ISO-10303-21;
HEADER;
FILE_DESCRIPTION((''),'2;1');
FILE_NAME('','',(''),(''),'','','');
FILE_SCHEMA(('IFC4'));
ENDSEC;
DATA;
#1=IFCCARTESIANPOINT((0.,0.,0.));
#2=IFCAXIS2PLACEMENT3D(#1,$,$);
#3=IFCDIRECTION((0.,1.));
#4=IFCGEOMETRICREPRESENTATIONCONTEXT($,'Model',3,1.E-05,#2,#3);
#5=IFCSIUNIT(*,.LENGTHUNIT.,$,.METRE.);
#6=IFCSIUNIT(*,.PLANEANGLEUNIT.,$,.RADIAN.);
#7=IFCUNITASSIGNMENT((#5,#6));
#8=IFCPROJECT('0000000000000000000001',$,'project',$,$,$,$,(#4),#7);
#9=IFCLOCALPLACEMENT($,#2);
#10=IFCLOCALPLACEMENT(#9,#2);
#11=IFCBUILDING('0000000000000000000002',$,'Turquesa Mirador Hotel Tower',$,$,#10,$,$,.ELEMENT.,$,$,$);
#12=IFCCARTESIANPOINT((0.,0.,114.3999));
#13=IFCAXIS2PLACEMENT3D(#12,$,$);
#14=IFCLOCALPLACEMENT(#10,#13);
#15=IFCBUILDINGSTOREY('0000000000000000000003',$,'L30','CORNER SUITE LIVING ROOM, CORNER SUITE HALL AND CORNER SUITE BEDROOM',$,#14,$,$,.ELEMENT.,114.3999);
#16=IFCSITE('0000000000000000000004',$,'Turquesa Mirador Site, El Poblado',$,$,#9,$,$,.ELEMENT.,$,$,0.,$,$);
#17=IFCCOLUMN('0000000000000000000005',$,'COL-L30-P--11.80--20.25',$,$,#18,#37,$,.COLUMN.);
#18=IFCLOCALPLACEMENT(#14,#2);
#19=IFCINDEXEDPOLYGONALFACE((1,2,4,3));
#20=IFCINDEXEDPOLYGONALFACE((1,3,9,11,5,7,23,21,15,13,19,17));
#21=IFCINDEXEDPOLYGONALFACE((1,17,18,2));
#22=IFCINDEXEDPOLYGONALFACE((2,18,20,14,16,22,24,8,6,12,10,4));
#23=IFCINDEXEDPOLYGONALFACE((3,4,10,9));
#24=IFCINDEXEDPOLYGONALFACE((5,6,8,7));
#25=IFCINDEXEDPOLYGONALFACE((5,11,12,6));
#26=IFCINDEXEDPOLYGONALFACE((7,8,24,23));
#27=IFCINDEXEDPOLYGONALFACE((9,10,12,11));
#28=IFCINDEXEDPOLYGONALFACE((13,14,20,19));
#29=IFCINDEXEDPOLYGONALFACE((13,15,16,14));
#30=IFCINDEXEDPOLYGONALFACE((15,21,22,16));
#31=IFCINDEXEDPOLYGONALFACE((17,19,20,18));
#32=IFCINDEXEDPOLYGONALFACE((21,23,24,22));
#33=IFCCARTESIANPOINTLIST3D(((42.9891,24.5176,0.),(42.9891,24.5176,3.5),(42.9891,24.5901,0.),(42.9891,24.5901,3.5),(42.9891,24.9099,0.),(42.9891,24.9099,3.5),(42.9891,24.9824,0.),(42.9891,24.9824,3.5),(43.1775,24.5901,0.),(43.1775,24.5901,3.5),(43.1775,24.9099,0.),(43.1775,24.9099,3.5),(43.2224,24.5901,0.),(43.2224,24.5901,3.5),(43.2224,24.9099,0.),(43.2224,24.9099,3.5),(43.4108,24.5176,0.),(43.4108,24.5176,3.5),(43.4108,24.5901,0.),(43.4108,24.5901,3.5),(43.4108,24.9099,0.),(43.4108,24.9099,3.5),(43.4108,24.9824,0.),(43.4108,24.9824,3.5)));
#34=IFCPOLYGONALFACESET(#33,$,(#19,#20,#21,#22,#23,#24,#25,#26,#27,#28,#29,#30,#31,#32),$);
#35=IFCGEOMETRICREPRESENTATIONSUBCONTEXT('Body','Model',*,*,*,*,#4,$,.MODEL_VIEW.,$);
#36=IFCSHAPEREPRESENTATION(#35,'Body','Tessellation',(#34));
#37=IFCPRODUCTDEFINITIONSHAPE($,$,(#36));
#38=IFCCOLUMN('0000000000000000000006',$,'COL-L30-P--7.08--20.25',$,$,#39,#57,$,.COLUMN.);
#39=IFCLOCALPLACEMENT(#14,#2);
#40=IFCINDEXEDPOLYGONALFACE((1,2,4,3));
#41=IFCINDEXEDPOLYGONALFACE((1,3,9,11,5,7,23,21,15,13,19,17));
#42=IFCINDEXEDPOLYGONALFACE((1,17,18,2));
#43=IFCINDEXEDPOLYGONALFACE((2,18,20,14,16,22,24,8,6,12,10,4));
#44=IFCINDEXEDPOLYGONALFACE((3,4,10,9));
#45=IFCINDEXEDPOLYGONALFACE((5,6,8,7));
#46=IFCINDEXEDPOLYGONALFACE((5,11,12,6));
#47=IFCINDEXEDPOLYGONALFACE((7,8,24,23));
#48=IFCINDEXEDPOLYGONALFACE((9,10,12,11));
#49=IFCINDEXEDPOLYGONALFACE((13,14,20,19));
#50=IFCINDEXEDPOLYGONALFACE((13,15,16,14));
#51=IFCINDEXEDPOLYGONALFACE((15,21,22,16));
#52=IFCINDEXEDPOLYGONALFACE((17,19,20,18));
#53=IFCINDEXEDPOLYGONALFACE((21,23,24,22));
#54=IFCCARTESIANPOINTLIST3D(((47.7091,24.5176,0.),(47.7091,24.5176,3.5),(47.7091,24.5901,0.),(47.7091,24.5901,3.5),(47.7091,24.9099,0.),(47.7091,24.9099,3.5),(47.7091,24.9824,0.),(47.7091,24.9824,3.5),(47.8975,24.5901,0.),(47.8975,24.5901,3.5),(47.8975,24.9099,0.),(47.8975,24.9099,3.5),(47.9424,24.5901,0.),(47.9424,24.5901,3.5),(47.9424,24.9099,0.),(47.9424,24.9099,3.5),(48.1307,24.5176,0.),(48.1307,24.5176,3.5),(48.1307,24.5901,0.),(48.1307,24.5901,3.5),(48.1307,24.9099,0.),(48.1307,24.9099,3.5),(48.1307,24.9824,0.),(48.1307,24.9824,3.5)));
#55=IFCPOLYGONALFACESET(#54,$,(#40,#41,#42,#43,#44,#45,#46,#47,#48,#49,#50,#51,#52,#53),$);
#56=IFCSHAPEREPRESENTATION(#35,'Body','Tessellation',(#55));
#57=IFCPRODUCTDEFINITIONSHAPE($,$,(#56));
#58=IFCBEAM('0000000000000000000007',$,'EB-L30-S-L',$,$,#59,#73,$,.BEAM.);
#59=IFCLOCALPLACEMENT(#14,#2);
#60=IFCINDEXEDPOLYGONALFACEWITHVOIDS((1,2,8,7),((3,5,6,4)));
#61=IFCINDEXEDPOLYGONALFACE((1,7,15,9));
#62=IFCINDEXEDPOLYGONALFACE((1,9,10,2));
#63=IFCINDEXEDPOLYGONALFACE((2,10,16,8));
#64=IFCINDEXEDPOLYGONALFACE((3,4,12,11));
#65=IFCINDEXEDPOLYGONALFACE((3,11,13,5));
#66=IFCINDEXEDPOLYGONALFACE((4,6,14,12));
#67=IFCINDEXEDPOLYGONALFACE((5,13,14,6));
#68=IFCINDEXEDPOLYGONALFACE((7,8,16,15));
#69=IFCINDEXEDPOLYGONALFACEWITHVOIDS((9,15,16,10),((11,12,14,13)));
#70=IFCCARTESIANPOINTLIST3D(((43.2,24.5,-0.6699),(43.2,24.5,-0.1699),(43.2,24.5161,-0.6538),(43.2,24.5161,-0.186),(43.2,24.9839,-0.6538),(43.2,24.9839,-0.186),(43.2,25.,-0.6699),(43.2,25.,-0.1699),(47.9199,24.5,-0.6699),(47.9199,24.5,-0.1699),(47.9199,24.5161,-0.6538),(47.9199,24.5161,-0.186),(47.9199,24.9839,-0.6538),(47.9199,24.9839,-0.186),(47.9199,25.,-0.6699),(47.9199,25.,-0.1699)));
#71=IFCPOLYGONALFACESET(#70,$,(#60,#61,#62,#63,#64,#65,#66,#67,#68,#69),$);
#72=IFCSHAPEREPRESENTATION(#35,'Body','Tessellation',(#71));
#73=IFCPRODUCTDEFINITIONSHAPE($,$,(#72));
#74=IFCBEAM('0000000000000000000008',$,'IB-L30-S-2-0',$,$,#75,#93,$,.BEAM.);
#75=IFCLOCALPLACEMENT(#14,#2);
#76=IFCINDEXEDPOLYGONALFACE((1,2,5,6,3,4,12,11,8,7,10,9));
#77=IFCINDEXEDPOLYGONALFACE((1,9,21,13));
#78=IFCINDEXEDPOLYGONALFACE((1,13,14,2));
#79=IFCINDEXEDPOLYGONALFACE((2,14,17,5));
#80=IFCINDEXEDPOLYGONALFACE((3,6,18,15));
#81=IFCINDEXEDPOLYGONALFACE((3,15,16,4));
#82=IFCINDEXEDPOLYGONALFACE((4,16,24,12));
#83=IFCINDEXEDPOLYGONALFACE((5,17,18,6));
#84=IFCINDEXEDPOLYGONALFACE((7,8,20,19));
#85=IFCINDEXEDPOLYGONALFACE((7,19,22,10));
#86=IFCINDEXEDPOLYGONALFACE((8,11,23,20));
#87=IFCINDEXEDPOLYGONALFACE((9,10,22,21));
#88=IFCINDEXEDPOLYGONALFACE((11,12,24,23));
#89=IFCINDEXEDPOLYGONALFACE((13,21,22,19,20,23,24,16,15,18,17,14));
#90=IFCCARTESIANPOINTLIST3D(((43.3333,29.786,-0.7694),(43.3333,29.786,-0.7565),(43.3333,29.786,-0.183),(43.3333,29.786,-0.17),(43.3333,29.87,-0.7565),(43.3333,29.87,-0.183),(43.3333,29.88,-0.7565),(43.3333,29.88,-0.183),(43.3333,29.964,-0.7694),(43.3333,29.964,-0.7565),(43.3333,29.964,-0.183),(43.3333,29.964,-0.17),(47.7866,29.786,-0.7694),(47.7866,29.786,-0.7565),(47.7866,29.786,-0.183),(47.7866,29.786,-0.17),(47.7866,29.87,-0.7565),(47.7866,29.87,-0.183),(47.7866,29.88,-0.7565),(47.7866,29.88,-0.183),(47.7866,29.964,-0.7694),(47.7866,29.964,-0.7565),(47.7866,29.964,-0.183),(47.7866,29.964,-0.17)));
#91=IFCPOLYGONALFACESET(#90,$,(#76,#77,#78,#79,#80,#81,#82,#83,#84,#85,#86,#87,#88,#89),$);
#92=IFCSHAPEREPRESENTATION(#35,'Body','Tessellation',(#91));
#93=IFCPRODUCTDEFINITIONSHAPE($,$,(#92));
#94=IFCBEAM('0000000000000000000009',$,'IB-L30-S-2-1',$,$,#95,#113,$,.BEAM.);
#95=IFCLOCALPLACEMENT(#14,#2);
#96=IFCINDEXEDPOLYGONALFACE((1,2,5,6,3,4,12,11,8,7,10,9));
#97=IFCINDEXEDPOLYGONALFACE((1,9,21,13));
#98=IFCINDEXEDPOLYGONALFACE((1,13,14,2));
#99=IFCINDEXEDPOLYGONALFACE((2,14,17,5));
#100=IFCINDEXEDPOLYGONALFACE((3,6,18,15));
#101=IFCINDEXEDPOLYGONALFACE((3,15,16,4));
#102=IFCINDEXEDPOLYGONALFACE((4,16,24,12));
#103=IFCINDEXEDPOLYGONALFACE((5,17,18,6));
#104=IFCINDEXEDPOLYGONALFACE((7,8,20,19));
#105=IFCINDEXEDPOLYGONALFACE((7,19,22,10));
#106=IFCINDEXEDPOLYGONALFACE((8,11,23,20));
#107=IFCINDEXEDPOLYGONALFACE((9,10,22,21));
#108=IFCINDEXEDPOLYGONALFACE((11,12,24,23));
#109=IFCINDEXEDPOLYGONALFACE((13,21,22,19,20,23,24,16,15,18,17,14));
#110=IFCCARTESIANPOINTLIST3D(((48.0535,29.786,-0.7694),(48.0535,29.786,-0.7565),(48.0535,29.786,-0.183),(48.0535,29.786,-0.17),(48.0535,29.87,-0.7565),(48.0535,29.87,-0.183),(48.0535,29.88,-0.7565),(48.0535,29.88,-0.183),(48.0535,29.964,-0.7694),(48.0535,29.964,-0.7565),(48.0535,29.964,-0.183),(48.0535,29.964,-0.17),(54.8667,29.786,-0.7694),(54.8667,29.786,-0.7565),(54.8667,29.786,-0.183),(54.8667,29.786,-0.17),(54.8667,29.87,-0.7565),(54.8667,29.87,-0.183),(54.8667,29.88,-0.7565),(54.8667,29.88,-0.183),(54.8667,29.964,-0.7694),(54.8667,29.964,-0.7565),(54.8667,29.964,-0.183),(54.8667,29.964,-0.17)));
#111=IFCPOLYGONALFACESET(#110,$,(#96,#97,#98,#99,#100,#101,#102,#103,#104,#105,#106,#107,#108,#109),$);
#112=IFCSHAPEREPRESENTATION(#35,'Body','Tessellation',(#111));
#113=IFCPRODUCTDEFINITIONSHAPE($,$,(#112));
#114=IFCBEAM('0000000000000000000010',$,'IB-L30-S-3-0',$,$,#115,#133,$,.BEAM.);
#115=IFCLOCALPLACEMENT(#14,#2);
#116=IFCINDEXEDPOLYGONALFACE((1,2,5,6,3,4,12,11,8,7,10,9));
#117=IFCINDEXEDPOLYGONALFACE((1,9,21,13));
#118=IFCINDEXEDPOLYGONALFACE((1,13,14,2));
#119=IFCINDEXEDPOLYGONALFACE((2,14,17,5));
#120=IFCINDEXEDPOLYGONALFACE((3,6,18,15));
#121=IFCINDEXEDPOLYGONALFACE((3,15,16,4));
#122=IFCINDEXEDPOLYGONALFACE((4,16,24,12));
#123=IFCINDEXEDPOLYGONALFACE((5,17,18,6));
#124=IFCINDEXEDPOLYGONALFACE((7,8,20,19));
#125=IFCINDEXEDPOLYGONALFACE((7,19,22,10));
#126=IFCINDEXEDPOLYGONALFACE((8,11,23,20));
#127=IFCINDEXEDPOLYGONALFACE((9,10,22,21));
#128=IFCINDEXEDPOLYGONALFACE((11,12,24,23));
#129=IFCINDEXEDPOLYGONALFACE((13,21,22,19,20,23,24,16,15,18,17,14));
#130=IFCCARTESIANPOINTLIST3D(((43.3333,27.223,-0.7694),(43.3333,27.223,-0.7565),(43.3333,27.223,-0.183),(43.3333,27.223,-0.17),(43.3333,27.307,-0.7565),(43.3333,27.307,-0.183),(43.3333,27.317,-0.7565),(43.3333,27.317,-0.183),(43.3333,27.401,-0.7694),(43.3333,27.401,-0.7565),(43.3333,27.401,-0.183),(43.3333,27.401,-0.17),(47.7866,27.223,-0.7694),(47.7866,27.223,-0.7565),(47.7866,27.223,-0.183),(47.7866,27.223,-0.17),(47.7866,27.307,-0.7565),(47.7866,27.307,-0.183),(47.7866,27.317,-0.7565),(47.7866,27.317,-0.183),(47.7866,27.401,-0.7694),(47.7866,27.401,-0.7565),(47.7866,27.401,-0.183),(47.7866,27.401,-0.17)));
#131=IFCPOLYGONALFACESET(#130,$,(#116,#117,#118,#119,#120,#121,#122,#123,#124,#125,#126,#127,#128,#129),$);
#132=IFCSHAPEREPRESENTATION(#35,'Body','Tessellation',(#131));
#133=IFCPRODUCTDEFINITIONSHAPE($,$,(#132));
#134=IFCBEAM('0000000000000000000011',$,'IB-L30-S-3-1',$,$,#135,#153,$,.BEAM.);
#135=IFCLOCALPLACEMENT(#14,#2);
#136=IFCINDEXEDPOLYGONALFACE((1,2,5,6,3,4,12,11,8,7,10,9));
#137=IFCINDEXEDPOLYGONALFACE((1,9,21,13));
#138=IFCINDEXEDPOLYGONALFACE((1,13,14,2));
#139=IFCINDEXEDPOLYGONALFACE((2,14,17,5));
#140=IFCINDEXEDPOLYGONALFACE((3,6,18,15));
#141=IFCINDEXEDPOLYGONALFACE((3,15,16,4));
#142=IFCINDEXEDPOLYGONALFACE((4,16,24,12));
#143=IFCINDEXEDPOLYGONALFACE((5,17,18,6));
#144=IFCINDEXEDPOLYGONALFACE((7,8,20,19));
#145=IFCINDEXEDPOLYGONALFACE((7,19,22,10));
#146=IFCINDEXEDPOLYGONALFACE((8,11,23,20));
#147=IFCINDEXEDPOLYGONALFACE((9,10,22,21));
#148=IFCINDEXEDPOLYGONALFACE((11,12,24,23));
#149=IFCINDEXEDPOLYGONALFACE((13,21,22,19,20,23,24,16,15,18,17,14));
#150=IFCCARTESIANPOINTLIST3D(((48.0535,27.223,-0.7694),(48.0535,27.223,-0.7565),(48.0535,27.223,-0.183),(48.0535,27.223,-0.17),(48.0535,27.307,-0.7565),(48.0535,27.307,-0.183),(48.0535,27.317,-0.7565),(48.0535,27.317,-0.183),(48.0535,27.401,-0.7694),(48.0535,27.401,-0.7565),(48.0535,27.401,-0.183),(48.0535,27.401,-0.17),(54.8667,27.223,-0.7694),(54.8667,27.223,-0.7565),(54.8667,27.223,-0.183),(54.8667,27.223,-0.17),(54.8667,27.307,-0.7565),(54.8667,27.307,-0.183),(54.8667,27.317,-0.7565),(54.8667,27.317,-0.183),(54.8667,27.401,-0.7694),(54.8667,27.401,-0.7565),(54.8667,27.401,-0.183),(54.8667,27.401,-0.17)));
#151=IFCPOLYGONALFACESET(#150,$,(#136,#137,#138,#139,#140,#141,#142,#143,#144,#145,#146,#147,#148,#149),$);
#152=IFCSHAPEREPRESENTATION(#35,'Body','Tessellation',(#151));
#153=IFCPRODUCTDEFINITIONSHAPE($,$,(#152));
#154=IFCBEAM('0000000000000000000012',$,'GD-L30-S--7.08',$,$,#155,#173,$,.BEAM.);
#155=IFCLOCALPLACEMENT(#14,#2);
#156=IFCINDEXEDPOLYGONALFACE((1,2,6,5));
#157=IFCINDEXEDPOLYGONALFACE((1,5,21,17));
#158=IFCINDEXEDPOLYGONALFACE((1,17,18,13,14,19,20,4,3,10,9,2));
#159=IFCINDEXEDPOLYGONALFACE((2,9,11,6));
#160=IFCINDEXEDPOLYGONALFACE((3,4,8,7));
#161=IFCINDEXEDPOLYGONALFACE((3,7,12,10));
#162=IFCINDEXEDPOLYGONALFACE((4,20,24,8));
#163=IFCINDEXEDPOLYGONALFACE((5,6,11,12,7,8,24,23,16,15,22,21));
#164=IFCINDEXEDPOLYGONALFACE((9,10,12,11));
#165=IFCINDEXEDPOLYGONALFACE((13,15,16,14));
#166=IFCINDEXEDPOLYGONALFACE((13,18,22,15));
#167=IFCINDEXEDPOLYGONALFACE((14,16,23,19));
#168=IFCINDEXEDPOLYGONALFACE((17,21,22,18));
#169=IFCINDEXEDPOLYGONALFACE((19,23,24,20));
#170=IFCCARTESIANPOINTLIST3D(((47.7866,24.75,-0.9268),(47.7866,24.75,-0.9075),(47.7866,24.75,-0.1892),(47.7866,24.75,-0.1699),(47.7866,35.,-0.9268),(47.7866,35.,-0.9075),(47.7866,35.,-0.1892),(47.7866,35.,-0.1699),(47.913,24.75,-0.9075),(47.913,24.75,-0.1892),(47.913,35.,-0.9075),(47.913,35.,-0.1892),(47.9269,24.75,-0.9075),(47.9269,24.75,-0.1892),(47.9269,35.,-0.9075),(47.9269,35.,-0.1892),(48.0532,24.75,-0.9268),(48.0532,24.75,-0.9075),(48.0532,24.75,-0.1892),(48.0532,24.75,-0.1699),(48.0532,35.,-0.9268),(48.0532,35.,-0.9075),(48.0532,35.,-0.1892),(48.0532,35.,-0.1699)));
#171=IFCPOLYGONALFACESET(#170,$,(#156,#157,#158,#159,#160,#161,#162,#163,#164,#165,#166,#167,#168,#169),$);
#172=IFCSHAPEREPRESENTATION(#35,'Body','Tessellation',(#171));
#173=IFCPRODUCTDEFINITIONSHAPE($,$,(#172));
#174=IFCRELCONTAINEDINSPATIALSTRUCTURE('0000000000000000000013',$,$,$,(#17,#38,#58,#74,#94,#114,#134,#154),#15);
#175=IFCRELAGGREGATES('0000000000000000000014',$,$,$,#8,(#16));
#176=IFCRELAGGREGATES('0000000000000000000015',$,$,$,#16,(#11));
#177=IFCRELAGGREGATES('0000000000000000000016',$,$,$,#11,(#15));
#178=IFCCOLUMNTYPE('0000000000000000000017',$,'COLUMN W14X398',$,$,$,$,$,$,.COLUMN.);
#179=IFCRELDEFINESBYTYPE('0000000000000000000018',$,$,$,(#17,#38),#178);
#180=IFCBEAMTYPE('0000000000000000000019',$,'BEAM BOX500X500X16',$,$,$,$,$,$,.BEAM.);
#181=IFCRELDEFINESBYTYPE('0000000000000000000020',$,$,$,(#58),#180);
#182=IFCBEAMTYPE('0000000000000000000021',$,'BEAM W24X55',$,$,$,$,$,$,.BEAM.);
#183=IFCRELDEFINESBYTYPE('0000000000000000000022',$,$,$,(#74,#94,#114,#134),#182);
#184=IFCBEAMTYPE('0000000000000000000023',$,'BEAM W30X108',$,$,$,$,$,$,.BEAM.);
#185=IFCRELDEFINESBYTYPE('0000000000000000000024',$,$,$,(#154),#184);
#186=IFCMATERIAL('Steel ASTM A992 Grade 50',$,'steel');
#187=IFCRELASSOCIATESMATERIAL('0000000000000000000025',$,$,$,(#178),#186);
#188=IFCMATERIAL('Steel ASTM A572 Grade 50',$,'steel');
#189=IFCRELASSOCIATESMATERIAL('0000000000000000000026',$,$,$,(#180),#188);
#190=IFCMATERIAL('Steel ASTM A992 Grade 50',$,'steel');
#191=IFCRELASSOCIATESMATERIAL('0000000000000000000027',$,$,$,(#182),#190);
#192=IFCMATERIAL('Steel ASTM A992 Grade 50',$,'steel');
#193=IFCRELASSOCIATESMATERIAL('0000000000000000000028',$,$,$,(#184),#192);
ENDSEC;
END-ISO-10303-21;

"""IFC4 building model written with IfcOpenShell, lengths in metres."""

from ifc_helpers import new_model, si_unit, direction, frame, origin, origin_2d, place, context, subcontext, project, spatial, hollow_rectangle, i_section, extrude, material, material_profile, profile_set, type_object, element, save


model = new_model("IFC4")

# Units and contexts
model_context = context("Model", 3, precision=1e-05, world=origin(), true_north=direction((0.0, 1.0)))
body_context = subcontext(model_context, "Body", "Model", "MODEL_VIEW")
ifc_project = project(units=[si_unit("LENGTHUNIT", "METRE"), si_unit("PLANEANGLEUNIT", "RADIAN")], contexts=[model_context])

# Site, building, storey
site_placement = place(None, origin())
site = spatial("IfcSite", under=ifc_project, at=site_placement, Name="Turquesa Mirador Site, El Poblado", CompositionType="ELEMENT", RefElevation=0.0)
building_placement = place(site_placement, origin())
building = spatial("IfcBuilding", under=site, at=building_placement, Name="Turquesa Mirador Hotel Tower", CompositionType="ELEMENT")
storey_placement = place(building_placement, frame((0.0, 0.0, 114.3999)))
storey = spatial("IfcBuildingStorey", under=building, at=storey_placement, Name="L30", Description="CORNER SUITE LIVING ROOM, CORNER SUITE HALL AND CORNER SUITE BEDROOM", CompositionType="ELEMENT", Elevation=114.3999)

# Columns
ifc_material_1 = material(Name="Steel ASTM A992 Grade 50", Category="steel")
ifc_material_profile_1 = material_profile(ifc_material_1, i_section(OverallWidth=0.4216, OverallDepth=0.4648, WebThickness=0.0449, FlangeThickness=0.0725, at=origin_2d()), Name="W14X398")
ifc_profile_set_1 = profile_set([ifc_material_profile_1], Name="Steel ASTM A992 Grade 50")
column_type = type_object("IfcColumnType", Name="COLUMN W14X398", PredefinedType="COLUMN", material=ifc_profile_set_1)
for number, where, z_axis, x_axis, name in (
    (1, (43.2, 24.75, 0.0), (0.0, 0.0, 1.0), (1.0, 0.0, 0.0), "COL-L30-P--11.80--20.25"),
    (2, (47.9199, 24.75, 0.0), (0.0, 0.0, 1.0), (1.0, 0.0, 0.0), "COL-L30-P--7.08--20.25"),
):
    element("IfcColumn", number, at=place(storey_placement, frame(where, z_axis=z_axis, x_axis=x_axis)), inside=storey, type_object=column_type, Name=name, PredefinedType="COLUMN", context=body_context, shape_type="SweptSolid", body=[
        extrude(i_section(OverallWidth=0.4216, OverallDepth=0.4648, WebThickness=0.0449, FlangeThickness=0.0725, at=origin_2d()), origin(), (0.0, 0.0, 1.0), 3.5),
    ])

# Beams
ifc_material_2 = material(Name="Steel ASTM A572 Grade 50", Category="steel")
ifc_material_profile_2 = material_profile(ifc_material_2, hollow_rectangle(XDim=0.5, YDim=0.5, WallThickness=0.0161, at=origin_2d()), Name="BOX500X500X16")
ifc_profile_set_2 = profile_set([ifc_material_profile_2], Name="Steel ASTM A572 Grade 50")
beam_type_1 = type_object("IfcBeamType", Name="BEAM BOX500X500X16", PredefinedType="BEAM", material=ifc_profile_set_2)
beam_1_placement = place(storey_placement, frame((43.2, 24.75, -0.4199), z_axis=(1.0, 0.0, 0.0), x_axis=(0.0, 1.0, 0.0)))
element("IfcBeam", 3, at=beam_1_placement, inside=storey, type_object=beam_type_1, Name="EB-L30-S-L", PredefinedType="BEAM", context=body_context, shape_type="SweptSolid", body=[
    extrude(hollow_rectangle(XDim=0.5, YDim=0.5, WallThickness=0.0161, at=origin_2d()), origin(), (0.0, 0.0, 1.0), 4.72),
])
ifc_material_3 = material(Name="Steel ASTM A992 Grade 50", Category="steel")
ifc_material_profile_3 = material_profile(ifc_material_3, i_section(OverallWidth=0.178, OverallDepth=0.5994, WebThickness=0.01, FlangeThickness=0.0129, at=origin_2d()), Name="W24X55")
ifc_profile_set_3 = profile_set([ifc_material_profile_3], Name="Steel ASTM A992 Grade 50")
beam_type_2 = type_object("IfcBeamType", Name="BEAM W24X55", PredefinedType="BEAM", material=ifc_profile_set_3)
beam_2_placement = place(storey_placement, frame((43.3333, 29.875, -0.4697), z_axis=(1.0, 0.0, 0.0), x_axis=(0.0, 1.0, 0.0)))
element("IfcBeam", 4, at=beam_2_placement, inside=storey, type_object=beam_type_2, Name="IB-L30-S-2-0", PredefinedType="BEAM", context=body_context, shape_type="SweptSolid", body=[
    extrude(i_section(OverallWidth=0.178, OverallDepth=0.5994, WebThickness=0.01, FlangeThickness=0.0129, at=origin_2d()), origin(), (0.0, 0.0, 1.0), 4.4534),
])
beam_3_placement = place(storey_placement, frame((48.0535, 29.875, -0.4697), z_axis=(1.0, 0.0, 0.0), x_axis=(0.0, 1.0, 0.0)))
element("IfcBeam", 5, at=beam_3_placement, inside=storey, type_object=beam_type_2, Name="IB-L30-S-2-1", PredefinedType="BEAM", context=body_context, shape_type="SweptSolid", body=[
    extrude(i_section(OverallWidth=0.178, OverallDepth=0.5994, WebThickness=0.01, FlangeThickness=0.0129, at=origin_2d()), origin(), (0.0, 0.0, 1.0), 6.8132),
])
beam_4_placement = place(storey_placement, frame((43.3333, 27.312, -0.4697), z_axis=(1.0, 0.0, 0.0), x_axis=(0.0, 1.0, 0.0)))
element("IfcBeam", 6, at=beam_4_placement, inside=storey, type_object=beam_type_2, Name="IB-L30-S-3-0", PredefinedType="BEAM", context=body_context, shape_type="SweptSolid", body=[
    extrude(i_section(OverallWidth=0.178, OverallDepth=0.5994, WebThickness=0.01, FlangeThickness=0.0129, at=origin_2d()), origin(), (0.0, 0.0, 1.0), 4.4534),
])
beam_5_placement = place(storey_placement, frame((48.0535, 27.312, -0.4697), z_axis=(1.0, 0.0, 0.0), x_axis=(0.0, 1.0, 0.0)))
element("IfcBeam", 7, at=beam_5_placement, inside=storey, type_object=beam_type_2, Name="IB-L30-S-3-1", PredefinedType="BEAM", context=body_context, shape_type="SweptSolid", body=[
    extrude(i_section(OverallWidth=0.178, OverallDepth=0.5994, WebThickness=0.01, FlangeThickness=0.0129, at=origin_2d()), origin(), (0.0, 0.0, 1.0), 6.8132),
])
ifc_material_4 = material(Name="Steel ASTM A992 Grade 50", Category="steel")
ifc_material_profile_4 = material_profile(ifc_material_4, i_section(OverallWidth=0.2666, OverallDepth=0.7568, WebThickness=0.0139, FlangeThickness=0.0193, at=origin_2d()), Name="W30X108")
ifc_profile_set_4 = profile_set([ifc_material_profile_4], Name="Steel ASTM A992 Grade 50")
beam_type_3 = type_object("IfcBeamType", Name="BEAM W30X108", PredefinedType="BEAM", material=ifc_profile_set_4)
beam_6_placement = place(storey_placement, frame((47.9199, 24.75, -0.5483), z_axis=(0.0, 1.0, 0.0), x_axis=(-1.0, 0.0, 0.0)))
element("IfcBeam", 8, at=beam_6_placement, inside=storey, type_object=beam_type_3, Name="GD-L30-S--7.08", PredefinedType="BEAM", context=body_context, shape_type="SweptSolid", body=[
    extrude(i_section(OverallWidth=0.2666, OverallDepth=0.7568, WebThickness=0.0139, FlangeThickness=0.0193, at=origin_2d()), origin(), (0.0, 0.0, 1.0), 10.25),
])

save(model, "model.ifc")
